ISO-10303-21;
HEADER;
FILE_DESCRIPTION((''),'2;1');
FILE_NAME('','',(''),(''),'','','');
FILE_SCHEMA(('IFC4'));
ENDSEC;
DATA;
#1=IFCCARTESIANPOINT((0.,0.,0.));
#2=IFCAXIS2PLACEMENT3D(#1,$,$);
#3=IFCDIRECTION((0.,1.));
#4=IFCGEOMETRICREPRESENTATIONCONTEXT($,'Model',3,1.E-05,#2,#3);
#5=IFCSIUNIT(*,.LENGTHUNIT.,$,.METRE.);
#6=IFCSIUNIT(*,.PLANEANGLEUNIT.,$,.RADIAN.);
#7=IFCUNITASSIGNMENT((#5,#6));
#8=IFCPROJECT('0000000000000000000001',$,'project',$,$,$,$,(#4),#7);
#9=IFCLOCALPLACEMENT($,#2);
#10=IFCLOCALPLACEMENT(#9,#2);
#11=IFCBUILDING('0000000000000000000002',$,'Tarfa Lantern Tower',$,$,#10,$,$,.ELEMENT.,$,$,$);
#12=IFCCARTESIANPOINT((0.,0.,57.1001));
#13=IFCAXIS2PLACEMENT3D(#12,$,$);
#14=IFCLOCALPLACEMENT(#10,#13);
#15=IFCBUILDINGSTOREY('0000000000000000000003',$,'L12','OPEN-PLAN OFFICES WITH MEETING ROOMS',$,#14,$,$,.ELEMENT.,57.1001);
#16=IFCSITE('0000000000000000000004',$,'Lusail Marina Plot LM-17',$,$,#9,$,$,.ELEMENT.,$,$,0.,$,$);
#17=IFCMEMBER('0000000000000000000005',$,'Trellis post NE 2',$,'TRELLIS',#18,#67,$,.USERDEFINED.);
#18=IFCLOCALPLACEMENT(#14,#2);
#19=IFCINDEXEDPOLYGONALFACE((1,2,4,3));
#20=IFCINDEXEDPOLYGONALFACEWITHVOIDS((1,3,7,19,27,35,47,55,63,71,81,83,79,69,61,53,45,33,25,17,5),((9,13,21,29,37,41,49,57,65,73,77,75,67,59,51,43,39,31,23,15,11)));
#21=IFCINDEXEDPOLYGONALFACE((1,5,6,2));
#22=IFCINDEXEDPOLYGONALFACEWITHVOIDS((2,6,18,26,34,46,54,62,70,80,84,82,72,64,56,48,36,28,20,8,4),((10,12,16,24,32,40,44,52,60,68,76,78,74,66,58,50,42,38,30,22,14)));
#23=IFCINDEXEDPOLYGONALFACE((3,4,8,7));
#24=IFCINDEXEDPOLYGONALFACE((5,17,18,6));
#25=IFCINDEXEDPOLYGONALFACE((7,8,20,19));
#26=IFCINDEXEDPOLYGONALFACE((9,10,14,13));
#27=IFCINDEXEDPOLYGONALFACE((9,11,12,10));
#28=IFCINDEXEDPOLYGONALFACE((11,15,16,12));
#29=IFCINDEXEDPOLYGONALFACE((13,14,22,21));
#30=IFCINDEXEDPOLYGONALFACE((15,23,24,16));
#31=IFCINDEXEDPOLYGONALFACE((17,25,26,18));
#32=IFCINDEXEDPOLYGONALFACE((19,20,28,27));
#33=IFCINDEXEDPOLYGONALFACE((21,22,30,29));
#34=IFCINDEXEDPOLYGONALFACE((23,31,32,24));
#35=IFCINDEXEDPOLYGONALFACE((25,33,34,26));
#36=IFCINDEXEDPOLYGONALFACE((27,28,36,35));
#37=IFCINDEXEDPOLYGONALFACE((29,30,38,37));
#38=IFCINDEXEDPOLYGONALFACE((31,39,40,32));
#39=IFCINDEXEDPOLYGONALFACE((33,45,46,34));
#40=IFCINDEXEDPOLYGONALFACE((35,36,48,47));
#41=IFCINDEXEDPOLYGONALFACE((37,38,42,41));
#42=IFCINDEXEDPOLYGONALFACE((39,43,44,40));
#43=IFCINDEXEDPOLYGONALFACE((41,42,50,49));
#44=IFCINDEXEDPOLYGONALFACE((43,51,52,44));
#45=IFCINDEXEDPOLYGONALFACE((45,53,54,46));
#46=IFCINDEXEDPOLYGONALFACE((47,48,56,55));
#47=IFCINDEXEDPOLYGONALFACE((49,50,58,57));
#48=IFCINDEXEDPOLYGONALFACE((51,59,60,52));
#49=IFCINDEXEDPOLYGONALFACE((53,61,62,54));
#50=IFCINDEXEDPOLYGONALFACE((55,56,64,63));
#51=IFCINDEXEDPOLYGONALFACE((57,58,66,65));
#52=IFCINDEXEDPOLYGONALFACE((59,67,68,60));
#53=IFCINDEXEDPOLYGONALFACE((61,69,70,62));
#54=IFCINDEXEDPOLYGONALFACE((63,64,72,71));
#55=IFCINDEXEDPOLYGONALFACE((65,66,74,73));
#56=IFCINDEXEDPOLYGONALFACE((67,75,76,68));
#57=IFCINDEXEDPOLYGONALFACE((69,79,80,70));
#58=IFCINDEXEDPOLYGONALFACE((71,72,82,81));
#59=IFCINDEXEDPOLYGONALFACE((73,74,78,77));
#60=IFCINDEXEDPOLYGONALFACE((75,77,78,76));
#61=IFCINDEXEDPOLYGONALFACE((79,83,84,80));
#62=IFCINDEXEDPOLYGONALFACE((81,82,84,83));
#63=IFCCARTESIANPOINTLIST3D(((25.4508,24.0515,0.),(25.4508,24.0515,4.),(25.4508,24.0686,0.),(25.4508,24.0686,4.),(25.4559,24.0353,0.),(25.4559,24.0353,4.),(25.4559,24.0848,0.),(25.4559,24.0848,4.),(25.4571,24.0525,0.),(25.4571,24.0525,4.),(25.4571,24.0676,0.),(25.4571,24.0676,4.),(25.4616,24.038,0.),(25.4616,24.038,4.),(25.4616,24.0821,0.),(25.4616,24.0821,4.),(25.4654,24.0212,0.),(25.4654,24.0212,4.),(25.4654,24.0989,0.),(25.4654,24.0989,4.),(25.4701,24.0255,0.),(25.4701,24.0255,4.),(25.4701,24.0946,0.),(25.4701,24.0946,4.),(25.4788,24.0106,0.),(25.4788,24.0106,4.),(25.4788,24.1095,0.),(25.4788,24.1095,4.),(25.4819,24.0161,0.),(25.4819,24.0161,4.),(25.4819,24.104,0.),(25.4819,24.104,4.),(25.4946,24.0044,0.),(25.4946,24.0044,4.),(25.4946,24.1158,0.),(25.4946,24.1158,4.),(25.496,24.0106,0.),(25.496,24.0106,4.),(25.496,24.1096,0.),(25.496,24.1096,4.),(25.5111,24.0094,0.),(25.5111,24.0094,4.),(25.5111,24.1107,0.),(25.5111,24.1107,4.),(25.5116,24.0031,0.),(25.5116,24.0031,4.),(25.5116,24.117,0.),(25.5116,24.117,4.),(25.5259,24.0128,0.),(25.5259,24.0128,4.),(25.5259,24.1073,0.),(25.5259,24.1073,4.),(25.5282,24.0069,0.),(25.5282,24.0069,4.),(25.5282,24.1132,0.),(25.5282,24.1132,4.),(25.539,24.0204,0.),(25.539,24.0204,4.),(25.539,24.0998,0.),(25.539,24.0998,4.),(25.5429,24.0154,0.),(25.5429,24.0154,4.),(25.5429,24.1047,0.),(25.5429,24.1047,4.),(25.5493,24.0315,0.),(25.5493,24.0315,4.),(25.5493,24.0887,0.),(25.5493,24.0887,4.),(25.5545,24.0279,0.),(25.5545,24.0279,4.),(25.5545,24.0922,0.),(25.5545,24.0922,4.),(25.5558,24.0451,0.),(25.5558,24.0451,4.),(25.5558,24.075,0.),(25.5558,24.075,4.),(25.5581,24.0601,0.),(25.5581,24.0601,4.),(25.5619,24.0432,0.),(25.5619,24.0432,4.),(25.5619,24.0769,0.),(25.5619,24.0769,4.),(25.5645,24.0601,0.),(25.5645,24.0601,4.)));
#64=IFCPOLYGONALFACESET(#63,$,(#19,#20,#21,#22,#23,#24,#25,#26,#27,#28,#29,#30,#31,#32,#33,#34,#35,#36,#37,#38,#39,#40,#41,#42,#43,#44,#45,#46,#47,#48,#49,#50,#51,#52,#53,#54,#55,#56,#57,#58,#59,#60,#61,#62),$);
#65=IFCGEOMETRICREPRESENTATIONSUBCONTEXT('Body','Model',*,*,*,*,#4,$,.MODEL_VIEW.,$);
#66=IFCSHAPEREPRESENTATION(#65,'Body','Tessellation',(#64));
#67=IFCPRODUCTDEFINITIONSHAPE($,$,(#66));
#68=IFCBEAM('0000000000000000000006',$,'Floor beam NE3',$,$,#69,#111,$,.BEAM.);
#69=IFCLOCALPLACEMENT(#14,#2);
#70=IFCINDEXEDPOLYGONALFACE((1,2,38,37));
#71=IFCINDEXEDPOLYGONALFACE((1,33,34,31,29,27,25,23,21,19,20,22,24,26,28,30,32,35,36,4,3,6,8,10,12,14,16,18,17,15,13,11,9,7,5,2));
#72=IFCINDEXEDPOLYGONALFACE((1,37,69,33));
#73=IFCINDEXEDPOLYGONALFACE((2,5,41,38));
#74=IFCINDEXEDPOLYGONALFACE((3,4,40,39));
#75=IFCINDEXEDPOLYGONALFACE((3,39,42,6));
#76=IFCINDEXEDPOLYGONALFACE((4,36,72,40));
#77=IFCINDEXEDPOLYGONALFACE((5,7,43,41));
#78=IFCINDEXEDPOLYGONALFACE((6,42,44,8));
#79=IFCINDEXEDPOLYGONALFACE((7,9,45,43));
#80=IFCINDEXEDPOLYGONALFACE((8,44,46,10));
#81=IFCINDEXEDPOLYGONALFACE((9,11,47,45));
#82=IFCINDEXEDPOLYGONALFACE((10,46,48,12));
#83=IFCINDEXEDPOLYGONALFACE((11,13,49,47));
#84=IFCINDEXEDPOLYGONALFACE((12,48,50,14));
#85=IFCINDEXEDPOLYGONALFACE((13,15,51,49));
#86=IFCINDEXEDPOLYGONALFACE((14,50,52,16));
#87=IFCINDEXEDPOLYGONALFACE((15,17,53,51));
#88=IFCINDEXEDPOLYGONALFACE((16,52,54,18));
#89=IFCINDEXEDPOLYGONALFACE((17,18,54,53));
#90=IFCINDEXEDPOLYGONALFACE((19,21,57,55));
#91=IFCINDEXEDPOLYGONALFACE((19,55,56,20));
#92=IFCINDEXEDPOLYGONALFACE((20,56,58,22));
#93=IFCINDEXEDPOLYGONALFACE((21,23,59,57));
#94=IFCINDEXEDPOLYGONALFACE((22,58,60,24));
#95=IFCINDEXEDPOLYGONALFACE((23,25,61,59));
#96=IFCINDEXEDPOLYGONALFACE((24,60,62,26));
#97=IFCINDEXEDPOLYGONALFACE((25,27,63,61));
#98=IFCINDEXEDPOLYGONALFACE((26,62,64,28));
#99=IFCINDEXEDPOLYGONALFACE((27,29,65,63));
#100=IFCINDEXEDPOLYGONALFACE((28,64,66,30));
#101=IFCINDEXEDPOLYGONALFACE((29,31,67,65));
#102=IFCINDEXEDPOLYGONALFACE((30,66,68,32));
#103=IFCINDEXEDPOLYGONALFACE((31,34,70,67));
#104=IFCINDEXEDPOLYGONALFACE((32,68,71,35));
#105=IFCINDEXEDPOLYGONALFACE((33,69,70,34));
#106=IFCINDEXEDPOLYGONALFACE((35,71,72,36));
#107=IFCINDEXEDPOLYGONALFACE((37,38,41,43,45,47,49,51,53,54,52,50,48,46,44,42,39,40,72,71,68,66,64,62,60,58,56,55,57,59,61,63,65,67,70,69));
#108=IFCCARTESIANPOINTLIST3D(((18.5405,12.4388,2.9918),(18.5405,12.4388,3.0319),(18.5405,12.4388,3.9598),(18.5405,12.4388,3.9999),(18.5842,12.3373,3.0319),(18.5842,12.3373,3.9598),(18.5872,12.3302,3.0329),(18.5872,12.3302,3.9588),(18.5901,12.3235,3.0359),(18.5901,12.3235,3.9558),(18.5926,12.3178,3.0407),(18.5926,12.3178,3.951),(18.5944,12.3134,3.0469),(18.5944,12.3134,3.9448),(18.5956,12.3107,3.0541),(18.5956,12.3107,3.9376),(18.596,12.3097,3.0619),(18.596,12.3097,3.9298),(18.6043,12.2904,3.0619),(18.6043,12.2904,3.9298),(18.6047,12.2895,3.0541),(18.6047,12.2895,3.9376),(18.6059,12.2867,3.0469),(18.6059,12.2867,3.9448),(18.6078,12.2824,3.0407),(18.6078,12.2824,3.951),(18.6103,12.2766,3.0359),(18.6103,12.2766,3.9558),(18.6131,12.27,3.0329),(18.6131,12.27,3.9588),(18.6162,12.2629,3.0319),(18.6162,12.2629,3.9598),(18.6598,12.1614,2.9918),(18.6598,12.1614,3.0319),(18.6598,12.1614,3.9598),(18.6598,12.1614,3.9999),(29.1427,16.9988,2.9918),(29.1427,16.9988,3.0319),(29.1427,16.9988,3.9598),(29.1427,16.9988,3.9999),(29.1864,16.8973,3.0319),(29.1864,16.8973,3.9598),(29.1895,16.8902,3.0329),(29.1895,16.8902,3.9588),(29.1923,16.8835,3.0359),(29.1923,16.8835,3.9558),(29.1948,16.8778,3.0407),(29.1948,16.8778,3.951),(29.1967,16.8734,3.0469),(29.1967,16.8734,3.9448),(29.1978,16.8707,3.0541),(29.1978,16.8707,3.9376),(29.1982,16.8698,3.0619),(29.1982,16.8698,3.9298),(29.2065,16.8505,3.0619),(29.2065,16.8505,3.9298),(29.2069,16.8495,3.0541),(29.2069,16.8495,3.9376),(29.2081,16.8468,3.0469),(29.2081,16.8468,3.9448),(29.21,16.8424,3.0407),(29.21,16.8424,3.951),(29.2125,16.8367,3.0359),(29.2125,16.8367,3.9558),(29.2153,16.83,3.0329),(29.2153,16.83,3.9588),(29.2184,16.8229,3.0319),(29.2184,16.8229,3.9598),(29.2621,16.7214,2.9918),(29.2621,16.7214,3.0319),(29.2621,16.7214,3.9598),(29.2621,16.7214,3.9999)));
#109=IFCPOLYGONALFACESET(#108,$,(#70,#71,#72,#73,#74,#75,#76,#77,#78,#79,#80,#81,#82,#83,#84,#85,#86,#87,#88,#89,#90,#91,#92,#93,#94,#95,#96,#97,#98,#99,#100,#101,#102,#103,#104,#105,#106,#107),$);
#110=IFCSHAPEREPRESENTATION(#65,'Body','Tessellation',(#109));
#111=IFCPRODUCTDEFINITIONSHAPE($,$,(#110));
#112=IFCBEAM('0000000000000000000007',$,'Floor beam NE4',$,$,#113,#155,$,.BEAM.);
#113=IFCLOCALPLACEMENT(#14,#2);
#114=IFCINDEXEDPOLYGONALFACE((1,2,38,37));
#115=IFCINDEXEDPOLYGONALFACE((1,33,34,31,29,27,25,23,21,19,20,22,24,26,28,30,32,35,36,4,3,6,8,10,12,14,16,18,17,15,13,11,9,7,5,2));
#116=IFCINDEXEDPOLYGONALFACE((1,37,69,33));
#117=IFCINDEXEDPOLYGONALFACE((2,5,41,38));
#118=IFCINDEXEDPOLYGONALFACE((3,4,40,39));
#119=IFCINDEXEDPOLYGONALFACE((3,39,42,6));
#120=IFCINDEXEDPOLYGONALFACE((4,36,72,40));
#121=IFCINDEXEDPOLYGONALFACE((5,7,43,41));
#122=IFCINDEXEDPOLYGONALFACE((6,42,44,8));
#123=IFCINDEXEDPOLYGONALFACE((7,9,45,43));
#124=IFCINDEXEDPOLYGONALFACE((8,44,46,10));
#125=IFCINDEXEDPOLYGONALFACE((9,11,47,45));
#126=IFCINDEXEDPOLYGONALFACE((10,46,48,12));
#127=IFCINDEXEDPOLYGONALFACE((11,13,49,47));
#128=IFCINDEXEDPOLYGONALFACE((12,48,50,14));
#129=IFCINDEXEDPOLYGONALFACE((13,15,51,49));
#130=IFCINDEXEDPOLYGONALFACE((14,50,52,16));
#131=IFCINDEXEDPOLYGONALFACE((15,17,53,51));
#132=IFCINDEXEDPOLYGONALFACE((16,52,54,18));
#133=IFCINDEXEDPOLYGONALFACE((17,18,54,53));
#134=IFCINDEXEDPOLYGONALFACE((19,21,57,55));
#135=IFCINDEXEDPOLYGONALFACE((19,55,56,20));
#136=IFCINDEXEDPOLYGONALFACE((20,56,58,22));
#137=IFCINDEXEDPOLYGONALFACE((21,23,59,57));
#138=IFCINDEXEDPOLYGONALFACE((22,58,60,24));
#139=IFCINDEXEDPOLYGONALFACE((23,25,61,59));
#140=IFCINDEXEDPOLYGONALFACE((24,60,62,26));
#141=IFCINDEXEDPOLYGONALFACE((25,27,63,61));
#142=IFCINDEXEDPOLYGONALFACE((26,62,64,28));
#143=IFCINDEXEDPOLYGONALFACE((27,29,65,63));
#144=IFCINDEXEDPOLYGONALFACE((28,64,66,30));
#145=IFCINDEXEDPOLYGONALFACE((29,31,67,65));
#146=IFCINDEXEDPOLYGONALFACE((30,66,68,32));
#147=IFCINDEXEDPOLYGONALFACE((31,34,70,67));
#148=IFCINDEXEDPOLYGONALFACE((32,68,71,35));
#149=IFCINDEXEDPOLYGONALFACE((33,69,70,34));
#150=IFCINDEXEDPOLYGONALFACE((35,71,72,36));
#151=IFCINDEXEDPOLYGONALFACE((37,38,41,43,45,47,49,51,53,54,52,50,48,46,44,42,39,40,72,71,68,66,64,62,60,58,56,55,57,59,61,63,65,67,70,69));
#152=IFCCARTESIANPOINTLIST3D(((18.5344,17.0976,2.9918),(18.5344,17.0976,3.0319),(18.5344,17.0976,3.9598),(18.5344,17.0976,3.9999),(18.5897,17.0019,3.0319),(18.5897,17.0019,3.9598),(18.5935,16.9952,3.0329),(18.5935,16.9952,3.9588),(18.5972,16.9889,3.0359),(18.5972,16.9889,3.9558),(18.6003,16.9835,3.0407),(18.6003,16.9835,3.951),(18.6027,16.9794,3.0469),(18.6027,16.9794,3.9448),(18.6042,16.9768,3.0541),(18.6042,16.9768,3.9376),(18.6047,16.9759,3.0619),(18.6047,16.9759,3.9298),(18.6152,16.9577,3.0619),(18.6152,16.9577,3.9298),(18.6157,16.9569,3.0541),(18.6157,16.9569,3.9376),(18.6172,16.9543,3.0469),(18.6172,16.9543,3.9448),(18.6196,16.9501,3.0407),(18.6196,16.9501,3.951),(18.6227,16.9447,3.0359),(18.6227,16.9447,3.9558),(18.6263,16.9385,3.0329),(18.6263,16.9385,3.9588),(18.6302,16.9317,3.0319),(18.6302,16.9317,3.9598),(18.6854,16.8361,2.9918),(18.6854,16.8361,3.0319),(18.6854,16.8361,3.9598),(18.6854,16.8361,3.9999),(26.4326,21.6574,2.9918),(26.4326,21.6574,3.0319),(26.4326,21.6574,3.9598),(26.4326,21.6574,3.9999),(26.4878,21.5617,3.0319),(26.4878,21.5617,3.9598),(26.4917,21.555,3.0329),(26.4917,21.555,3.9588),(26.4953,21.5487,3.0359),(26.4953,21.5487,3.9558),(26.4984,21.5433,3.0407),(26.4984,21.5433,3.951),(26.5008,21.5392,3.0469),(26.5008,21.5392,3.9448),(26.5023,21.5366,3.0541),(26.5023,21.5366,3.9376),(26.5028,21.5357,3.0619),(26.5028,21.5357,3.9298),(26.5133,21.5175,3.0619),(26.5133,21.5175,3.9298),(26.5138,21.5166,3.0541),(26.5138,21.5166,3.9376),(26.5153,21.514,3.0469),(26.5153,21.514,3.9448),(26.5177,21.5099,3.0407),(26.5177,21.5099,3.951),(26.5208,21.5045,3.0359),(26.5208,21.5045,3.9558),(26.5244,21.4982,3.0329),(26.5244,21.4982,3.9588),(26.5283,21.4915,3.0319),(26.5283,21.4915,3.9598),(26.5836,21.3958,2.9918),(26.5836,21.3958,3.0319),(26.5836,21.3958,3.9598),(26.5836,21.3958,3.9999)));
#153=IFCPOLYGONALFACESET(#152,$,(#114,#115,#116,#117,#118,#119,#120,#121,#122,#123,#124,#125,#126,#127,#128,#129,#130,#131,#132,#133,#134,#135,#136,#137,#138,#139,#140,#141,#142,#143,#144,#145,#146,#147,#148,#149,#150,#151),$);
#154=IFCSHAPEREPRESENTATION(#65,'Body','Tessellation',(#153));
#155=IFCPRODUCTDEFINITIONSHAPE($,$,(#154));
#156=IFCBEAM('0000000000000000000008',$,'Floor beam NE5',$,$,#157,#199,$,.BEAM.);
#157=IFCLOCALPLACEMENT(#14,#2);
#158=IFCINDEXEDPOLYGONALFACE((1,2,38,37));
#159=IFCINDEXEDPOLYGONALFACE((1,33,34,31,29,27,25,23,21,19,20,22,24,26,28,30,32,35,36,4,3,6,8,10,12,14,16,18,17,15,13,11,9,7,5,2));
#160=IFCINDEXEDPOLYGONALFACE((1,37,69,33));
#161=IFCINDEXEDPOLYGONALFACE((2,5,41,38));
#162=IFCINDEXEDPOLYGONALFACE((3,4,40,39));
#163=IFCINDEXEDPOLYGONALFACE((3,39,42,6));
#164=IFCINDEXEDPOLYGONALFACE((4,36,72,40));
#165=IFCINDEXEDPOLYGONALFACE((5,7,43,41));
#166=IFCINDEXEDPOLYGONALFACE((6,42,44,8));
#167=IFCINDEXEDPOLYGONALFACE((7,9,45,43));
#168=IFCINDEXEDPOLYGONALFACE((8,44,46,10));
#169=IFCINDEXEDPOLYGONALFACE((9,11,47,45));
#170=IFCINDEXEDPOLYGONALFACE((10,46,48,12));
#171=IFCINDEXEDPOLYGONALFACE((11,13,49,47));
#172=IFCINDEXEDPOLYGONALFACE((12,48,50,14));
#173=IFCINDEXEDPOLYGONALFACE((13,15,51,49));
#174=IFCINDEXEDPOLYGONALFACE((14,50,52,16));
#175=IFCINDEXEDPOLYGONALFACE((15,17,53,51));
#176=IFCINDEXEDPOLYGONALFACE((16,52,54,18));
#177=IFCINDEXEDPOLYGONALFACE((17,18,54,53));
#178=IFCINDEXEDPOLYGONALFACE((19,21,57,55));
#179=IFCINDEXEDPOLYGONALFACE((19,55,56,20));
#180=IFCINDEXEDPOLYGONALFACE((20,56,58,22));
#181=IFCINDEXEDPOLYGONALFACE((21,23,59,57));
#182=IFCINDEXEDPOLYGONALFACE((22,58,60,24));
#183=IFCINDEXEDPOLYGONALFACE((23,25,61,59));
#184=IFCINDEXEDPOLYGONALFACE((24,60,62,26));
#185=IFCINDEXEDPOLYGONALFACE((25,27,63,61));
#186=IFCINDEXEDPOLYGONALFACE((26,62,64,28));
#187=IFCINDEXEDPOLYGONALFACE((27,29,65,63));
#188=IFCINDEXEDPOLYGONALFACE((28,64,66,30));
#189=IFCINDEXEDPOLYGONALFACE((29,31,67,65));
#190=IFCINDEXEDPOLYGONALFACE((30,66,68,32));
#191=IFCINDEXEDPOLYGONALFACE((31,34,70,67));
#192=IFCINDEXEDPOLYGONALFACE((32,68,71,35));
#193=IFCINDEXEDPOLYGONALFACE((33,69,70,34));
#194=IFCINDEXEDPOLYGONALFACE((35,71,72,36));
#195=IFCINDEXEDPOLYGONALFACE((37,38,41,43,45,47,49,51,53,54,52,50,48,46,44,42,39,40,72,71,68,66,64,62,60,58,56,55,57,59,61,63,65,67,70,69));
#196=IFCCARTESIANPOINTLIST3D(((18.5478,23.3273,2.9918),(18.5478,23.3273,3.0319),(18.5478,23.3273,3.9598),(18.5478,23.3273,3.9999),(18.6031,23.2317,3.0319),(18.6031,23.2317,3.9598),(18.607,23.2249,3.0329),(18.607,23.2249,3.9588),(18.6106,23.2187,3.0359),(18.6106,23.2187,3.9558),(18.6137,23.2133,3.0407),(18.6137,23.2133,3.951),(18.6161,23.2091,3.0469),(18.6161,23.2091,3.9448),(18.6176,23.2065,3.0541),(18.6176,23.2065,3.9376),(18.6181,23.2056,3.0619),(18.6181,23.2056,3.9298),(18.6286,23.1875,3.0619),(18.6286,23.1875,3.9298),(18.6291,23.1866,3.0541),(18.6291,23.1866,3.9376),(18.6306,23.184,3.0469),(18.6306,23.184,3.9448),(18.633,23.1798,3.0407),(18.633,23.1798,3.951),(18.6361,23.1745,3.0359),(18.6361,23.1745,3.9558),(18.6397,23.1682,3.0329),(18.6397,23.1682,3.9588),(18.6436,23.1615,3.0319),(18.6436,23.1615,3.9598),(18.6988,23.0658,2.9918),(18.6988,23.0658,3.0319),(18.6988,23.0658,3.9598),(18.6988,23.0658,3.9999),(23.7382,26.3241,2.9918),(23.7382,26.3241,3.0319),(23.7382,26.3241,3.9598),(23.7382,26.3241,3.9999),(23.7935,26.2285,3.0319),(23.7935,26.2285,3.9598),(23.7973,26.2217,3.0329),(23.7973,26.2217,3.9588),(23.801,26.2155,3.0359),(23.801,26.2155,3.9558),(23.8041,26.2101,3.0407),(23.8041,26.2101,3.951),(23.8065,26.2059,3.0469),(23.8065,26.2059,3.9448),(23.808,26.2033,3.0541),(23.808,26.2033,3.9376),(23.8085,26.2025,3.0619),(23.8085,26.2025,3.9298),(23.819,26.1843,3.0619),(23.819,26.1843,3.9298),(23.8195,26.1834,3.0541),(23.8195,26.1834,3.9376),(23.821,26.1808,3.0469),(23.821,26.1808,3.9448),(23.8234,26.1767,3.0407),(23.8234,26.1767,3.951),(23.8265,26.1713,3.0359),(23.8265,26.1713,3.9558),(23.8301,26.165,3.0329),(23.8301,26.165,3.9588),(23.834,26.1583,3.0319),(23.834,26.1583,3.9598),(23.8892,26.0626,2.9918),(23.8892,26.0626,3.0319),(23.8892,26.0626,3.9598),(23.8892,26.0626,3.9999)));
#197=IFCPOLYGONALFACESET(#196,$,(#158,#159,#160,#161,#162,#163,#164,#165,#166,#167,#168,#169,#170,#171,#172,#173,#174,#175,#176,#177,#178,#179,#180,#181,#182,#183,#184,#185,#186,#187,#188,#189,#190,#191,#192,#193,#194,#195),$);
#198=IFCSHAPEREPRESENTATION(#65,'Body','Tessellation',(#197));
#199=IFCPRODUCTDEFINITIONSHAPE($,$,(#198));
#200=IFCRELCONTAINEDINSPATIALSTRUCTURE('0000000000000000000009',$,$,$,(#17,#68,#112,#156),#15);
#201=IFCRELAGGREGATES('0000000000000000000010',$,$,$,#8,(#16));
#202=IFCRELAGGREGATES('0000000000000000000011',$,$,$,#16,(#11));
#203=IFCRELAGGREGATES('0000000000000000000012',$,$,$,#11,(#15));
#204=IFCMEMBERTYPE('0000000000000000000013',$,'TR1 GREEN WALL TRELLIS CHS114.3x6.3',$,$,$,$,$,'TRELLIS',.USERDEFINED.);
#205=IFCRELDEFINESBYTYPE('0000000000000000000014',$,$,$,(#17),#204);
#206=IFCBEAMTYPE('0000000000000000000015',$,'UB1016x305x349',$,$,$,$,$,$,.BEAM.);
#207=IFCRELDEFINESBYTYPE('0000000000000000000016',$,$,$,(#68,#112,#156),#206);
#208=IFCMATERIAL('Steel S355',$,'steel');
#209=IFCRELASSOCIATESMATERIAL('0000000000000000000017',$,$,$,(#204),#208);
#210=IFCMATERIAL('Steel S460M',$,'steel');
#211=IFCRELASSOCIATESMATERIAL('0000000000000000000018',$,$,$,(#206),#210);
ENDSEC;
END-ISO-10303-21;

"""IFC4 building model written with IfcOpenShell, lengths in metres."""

from ifc_helpers import new_model, si_unit, direction, frame, origin, origin_2d, place, context, subcontext, project, spatial, hollow_circle, i_section, extrude, material, material_profile, profile_set, type_object, element, save


model = new_model("IFC4")

# Units and contexts
model_context = context("Model", 3, precision=1e-05, world=origin(), true_north=direction((0.0, 1.0)))
body_context = subcontext(model_context, "Body", "Model", "MODEL_VIEW")
ifc_project = project(units=[si_unit("LENGTHUNIT", "METRE"), si_unit("PLANEANGLEUNIT", "RADIAN")], contexts=[model_context])

# Site, building, storey
site_placement = place(None, origin())
site = spatial("IfcSite", under=ifc_project, at=site_placement, Name="Lusail Marina Plot LM-17", CompositionType="ELEMENT", RefElevation=0.0)
building_placement = place(site_placement, origin())
building = spatial("IfcBuilding", under=site, at=building_placement, Name="Tarfa Lantern Tower", CompositionType="ELEMENT")
storey_placement = place(building_placement, frame((0.0, 0.0, 57.1001)))
storey = spatial("IfcBuildingStorey", under=building, at=storey_placement, Name="L12", Description="OPEN-PLAN OFFICES WITH MEETING ROOMS", CompositionType="ELEMENT", Elevation=57.1001)

# Member
ifc_material_1 = material(Name="Steel S355", Category="steel")
ifc_material_profile_1 = material_profile(ifc_material_1, hollow_circle(Radius=0.0571, WallThickness=0.0063, at=origin_2d()), Name="CHS114.3x6.3")
ifc_profile_set_1 = profile_set([ifc_material_profile_1], Name="Steel S355")
member_type_1 = type_object("IfcMemberType", Name="TR1 GREEN WALL TRELLIS CHS114.3x6.3", ElementType="TRELLIS", PredefinedType="USERDEFINED", material=ifc_profile_set_1)
member_1_placement = place(storey_placement, frame((25.5073, 24.0601, 0.0), z_axis=(0.0, 0.0, 1.0), x_axis=(1.0, 0.0, 0.0)))
element("IfcMember", 1, at=member_1_placement, inside=storey, type_object=member_type_1, Name="Trellis post NE 2", ObjectType="TRELLIS", PredefinedType="USERDEFINED", context=body_context, shape_type="SweptSolid", body=[
    extrude(hollow_circle(Radius=0.0571, WallThickness=0.0063, at=origin_2d()), origin(), (0.0, 0.0, 1.0), 4.0),
])

# Beams
ifc_material_2 = material(Name="Steel S460M", Category="steel")
ifc_material_profile_2 = material_profile(ifc_material_2, i_section(OverallWidth=0.302, OverallDepth=1.0081, WebThickness=0.021, FlangeThickness=0.04, FilletRadius=0.03, at=origin_2d()), Name="UB1016x305x349")
ifc_profile_set_2 = profile_set([ifc_material_profile_2], Name="Steel S460M")
beam_type_1 = type_object("IfcBeamType", Name="UB1016x305x349", PredefinedType="BEAM", material=ifc_profile_set_2)
beam_1_placement = place(storey_placement, frame((29.2024, 16.8601, 3.4958), z_axis=(-0.918635, -0.395106, 0.0), x_axis=(0.395106, -0.918635, 0.0)))
element("IfcBeam", 2, at=beam_1_placement, inside=storey, type_object=beam_type_1, Name="Floor beam NE3", PredefinedType="BEAM", context=body_context, shape_type="SweptSolid", body=[
    extrude(i_section(OverallWidth=0.302, OverallDepth=1.0081, WebThickness=0.021, FlangeThickness=0.04, FilletRadius=0.03, at=origin_2d()), origin(), (0.0, 0.0, 1.0), 11.5413),
])
beam_2_placement = place(storey_placement, frame((26.5081, 21.5266, 3.4958), z_axis=(-0.866035, -0.499983, 0.0), x_axis=(0.499983, -0.866035, 0.0)))
element("IfcBeam", 3, at=beam_2_placement, inside=storey, type_object=beam_type_1, Name="Floor beam NE4", PredefinedType="BEAM", context=body_context, shape_type="SweptSolid", body=[
    extrude(i_section(OverallWidth=0.302, OverallDepth=1.0081, WebThickness=0.021, FlangeThickness=0.04, FilletRadius=0.03, at=origin_2d()), origin(), (0.0, 0.0, 1.0), 9.1199),
])
beam_3_placement = place(storey_placement, frame((23.8137, 26.1934, 3.4958), z_axis=(-0.866016, -0.500016, 0.0), x_axis=(0.500016, -0.866016, 0.0)))
element("IfcBeam", 4, at=beam_3_placement, inside=storey, type_object=beam_type_1, Name="Floor beam NE5", PredefinedType="BEAM", context=body_context, shape_type="SweptSolid", body=[
    extrude(i_section(OverallWidth=0.302, OverallDepth=1.0081, WebThickness=0.021, FlangeThickness=0.04, FilletRadius=0.03, at=origin_2d()), origin(), (0.0, 0.0, 1.0), 5.9934),
])

save(model, "model.ifc")
